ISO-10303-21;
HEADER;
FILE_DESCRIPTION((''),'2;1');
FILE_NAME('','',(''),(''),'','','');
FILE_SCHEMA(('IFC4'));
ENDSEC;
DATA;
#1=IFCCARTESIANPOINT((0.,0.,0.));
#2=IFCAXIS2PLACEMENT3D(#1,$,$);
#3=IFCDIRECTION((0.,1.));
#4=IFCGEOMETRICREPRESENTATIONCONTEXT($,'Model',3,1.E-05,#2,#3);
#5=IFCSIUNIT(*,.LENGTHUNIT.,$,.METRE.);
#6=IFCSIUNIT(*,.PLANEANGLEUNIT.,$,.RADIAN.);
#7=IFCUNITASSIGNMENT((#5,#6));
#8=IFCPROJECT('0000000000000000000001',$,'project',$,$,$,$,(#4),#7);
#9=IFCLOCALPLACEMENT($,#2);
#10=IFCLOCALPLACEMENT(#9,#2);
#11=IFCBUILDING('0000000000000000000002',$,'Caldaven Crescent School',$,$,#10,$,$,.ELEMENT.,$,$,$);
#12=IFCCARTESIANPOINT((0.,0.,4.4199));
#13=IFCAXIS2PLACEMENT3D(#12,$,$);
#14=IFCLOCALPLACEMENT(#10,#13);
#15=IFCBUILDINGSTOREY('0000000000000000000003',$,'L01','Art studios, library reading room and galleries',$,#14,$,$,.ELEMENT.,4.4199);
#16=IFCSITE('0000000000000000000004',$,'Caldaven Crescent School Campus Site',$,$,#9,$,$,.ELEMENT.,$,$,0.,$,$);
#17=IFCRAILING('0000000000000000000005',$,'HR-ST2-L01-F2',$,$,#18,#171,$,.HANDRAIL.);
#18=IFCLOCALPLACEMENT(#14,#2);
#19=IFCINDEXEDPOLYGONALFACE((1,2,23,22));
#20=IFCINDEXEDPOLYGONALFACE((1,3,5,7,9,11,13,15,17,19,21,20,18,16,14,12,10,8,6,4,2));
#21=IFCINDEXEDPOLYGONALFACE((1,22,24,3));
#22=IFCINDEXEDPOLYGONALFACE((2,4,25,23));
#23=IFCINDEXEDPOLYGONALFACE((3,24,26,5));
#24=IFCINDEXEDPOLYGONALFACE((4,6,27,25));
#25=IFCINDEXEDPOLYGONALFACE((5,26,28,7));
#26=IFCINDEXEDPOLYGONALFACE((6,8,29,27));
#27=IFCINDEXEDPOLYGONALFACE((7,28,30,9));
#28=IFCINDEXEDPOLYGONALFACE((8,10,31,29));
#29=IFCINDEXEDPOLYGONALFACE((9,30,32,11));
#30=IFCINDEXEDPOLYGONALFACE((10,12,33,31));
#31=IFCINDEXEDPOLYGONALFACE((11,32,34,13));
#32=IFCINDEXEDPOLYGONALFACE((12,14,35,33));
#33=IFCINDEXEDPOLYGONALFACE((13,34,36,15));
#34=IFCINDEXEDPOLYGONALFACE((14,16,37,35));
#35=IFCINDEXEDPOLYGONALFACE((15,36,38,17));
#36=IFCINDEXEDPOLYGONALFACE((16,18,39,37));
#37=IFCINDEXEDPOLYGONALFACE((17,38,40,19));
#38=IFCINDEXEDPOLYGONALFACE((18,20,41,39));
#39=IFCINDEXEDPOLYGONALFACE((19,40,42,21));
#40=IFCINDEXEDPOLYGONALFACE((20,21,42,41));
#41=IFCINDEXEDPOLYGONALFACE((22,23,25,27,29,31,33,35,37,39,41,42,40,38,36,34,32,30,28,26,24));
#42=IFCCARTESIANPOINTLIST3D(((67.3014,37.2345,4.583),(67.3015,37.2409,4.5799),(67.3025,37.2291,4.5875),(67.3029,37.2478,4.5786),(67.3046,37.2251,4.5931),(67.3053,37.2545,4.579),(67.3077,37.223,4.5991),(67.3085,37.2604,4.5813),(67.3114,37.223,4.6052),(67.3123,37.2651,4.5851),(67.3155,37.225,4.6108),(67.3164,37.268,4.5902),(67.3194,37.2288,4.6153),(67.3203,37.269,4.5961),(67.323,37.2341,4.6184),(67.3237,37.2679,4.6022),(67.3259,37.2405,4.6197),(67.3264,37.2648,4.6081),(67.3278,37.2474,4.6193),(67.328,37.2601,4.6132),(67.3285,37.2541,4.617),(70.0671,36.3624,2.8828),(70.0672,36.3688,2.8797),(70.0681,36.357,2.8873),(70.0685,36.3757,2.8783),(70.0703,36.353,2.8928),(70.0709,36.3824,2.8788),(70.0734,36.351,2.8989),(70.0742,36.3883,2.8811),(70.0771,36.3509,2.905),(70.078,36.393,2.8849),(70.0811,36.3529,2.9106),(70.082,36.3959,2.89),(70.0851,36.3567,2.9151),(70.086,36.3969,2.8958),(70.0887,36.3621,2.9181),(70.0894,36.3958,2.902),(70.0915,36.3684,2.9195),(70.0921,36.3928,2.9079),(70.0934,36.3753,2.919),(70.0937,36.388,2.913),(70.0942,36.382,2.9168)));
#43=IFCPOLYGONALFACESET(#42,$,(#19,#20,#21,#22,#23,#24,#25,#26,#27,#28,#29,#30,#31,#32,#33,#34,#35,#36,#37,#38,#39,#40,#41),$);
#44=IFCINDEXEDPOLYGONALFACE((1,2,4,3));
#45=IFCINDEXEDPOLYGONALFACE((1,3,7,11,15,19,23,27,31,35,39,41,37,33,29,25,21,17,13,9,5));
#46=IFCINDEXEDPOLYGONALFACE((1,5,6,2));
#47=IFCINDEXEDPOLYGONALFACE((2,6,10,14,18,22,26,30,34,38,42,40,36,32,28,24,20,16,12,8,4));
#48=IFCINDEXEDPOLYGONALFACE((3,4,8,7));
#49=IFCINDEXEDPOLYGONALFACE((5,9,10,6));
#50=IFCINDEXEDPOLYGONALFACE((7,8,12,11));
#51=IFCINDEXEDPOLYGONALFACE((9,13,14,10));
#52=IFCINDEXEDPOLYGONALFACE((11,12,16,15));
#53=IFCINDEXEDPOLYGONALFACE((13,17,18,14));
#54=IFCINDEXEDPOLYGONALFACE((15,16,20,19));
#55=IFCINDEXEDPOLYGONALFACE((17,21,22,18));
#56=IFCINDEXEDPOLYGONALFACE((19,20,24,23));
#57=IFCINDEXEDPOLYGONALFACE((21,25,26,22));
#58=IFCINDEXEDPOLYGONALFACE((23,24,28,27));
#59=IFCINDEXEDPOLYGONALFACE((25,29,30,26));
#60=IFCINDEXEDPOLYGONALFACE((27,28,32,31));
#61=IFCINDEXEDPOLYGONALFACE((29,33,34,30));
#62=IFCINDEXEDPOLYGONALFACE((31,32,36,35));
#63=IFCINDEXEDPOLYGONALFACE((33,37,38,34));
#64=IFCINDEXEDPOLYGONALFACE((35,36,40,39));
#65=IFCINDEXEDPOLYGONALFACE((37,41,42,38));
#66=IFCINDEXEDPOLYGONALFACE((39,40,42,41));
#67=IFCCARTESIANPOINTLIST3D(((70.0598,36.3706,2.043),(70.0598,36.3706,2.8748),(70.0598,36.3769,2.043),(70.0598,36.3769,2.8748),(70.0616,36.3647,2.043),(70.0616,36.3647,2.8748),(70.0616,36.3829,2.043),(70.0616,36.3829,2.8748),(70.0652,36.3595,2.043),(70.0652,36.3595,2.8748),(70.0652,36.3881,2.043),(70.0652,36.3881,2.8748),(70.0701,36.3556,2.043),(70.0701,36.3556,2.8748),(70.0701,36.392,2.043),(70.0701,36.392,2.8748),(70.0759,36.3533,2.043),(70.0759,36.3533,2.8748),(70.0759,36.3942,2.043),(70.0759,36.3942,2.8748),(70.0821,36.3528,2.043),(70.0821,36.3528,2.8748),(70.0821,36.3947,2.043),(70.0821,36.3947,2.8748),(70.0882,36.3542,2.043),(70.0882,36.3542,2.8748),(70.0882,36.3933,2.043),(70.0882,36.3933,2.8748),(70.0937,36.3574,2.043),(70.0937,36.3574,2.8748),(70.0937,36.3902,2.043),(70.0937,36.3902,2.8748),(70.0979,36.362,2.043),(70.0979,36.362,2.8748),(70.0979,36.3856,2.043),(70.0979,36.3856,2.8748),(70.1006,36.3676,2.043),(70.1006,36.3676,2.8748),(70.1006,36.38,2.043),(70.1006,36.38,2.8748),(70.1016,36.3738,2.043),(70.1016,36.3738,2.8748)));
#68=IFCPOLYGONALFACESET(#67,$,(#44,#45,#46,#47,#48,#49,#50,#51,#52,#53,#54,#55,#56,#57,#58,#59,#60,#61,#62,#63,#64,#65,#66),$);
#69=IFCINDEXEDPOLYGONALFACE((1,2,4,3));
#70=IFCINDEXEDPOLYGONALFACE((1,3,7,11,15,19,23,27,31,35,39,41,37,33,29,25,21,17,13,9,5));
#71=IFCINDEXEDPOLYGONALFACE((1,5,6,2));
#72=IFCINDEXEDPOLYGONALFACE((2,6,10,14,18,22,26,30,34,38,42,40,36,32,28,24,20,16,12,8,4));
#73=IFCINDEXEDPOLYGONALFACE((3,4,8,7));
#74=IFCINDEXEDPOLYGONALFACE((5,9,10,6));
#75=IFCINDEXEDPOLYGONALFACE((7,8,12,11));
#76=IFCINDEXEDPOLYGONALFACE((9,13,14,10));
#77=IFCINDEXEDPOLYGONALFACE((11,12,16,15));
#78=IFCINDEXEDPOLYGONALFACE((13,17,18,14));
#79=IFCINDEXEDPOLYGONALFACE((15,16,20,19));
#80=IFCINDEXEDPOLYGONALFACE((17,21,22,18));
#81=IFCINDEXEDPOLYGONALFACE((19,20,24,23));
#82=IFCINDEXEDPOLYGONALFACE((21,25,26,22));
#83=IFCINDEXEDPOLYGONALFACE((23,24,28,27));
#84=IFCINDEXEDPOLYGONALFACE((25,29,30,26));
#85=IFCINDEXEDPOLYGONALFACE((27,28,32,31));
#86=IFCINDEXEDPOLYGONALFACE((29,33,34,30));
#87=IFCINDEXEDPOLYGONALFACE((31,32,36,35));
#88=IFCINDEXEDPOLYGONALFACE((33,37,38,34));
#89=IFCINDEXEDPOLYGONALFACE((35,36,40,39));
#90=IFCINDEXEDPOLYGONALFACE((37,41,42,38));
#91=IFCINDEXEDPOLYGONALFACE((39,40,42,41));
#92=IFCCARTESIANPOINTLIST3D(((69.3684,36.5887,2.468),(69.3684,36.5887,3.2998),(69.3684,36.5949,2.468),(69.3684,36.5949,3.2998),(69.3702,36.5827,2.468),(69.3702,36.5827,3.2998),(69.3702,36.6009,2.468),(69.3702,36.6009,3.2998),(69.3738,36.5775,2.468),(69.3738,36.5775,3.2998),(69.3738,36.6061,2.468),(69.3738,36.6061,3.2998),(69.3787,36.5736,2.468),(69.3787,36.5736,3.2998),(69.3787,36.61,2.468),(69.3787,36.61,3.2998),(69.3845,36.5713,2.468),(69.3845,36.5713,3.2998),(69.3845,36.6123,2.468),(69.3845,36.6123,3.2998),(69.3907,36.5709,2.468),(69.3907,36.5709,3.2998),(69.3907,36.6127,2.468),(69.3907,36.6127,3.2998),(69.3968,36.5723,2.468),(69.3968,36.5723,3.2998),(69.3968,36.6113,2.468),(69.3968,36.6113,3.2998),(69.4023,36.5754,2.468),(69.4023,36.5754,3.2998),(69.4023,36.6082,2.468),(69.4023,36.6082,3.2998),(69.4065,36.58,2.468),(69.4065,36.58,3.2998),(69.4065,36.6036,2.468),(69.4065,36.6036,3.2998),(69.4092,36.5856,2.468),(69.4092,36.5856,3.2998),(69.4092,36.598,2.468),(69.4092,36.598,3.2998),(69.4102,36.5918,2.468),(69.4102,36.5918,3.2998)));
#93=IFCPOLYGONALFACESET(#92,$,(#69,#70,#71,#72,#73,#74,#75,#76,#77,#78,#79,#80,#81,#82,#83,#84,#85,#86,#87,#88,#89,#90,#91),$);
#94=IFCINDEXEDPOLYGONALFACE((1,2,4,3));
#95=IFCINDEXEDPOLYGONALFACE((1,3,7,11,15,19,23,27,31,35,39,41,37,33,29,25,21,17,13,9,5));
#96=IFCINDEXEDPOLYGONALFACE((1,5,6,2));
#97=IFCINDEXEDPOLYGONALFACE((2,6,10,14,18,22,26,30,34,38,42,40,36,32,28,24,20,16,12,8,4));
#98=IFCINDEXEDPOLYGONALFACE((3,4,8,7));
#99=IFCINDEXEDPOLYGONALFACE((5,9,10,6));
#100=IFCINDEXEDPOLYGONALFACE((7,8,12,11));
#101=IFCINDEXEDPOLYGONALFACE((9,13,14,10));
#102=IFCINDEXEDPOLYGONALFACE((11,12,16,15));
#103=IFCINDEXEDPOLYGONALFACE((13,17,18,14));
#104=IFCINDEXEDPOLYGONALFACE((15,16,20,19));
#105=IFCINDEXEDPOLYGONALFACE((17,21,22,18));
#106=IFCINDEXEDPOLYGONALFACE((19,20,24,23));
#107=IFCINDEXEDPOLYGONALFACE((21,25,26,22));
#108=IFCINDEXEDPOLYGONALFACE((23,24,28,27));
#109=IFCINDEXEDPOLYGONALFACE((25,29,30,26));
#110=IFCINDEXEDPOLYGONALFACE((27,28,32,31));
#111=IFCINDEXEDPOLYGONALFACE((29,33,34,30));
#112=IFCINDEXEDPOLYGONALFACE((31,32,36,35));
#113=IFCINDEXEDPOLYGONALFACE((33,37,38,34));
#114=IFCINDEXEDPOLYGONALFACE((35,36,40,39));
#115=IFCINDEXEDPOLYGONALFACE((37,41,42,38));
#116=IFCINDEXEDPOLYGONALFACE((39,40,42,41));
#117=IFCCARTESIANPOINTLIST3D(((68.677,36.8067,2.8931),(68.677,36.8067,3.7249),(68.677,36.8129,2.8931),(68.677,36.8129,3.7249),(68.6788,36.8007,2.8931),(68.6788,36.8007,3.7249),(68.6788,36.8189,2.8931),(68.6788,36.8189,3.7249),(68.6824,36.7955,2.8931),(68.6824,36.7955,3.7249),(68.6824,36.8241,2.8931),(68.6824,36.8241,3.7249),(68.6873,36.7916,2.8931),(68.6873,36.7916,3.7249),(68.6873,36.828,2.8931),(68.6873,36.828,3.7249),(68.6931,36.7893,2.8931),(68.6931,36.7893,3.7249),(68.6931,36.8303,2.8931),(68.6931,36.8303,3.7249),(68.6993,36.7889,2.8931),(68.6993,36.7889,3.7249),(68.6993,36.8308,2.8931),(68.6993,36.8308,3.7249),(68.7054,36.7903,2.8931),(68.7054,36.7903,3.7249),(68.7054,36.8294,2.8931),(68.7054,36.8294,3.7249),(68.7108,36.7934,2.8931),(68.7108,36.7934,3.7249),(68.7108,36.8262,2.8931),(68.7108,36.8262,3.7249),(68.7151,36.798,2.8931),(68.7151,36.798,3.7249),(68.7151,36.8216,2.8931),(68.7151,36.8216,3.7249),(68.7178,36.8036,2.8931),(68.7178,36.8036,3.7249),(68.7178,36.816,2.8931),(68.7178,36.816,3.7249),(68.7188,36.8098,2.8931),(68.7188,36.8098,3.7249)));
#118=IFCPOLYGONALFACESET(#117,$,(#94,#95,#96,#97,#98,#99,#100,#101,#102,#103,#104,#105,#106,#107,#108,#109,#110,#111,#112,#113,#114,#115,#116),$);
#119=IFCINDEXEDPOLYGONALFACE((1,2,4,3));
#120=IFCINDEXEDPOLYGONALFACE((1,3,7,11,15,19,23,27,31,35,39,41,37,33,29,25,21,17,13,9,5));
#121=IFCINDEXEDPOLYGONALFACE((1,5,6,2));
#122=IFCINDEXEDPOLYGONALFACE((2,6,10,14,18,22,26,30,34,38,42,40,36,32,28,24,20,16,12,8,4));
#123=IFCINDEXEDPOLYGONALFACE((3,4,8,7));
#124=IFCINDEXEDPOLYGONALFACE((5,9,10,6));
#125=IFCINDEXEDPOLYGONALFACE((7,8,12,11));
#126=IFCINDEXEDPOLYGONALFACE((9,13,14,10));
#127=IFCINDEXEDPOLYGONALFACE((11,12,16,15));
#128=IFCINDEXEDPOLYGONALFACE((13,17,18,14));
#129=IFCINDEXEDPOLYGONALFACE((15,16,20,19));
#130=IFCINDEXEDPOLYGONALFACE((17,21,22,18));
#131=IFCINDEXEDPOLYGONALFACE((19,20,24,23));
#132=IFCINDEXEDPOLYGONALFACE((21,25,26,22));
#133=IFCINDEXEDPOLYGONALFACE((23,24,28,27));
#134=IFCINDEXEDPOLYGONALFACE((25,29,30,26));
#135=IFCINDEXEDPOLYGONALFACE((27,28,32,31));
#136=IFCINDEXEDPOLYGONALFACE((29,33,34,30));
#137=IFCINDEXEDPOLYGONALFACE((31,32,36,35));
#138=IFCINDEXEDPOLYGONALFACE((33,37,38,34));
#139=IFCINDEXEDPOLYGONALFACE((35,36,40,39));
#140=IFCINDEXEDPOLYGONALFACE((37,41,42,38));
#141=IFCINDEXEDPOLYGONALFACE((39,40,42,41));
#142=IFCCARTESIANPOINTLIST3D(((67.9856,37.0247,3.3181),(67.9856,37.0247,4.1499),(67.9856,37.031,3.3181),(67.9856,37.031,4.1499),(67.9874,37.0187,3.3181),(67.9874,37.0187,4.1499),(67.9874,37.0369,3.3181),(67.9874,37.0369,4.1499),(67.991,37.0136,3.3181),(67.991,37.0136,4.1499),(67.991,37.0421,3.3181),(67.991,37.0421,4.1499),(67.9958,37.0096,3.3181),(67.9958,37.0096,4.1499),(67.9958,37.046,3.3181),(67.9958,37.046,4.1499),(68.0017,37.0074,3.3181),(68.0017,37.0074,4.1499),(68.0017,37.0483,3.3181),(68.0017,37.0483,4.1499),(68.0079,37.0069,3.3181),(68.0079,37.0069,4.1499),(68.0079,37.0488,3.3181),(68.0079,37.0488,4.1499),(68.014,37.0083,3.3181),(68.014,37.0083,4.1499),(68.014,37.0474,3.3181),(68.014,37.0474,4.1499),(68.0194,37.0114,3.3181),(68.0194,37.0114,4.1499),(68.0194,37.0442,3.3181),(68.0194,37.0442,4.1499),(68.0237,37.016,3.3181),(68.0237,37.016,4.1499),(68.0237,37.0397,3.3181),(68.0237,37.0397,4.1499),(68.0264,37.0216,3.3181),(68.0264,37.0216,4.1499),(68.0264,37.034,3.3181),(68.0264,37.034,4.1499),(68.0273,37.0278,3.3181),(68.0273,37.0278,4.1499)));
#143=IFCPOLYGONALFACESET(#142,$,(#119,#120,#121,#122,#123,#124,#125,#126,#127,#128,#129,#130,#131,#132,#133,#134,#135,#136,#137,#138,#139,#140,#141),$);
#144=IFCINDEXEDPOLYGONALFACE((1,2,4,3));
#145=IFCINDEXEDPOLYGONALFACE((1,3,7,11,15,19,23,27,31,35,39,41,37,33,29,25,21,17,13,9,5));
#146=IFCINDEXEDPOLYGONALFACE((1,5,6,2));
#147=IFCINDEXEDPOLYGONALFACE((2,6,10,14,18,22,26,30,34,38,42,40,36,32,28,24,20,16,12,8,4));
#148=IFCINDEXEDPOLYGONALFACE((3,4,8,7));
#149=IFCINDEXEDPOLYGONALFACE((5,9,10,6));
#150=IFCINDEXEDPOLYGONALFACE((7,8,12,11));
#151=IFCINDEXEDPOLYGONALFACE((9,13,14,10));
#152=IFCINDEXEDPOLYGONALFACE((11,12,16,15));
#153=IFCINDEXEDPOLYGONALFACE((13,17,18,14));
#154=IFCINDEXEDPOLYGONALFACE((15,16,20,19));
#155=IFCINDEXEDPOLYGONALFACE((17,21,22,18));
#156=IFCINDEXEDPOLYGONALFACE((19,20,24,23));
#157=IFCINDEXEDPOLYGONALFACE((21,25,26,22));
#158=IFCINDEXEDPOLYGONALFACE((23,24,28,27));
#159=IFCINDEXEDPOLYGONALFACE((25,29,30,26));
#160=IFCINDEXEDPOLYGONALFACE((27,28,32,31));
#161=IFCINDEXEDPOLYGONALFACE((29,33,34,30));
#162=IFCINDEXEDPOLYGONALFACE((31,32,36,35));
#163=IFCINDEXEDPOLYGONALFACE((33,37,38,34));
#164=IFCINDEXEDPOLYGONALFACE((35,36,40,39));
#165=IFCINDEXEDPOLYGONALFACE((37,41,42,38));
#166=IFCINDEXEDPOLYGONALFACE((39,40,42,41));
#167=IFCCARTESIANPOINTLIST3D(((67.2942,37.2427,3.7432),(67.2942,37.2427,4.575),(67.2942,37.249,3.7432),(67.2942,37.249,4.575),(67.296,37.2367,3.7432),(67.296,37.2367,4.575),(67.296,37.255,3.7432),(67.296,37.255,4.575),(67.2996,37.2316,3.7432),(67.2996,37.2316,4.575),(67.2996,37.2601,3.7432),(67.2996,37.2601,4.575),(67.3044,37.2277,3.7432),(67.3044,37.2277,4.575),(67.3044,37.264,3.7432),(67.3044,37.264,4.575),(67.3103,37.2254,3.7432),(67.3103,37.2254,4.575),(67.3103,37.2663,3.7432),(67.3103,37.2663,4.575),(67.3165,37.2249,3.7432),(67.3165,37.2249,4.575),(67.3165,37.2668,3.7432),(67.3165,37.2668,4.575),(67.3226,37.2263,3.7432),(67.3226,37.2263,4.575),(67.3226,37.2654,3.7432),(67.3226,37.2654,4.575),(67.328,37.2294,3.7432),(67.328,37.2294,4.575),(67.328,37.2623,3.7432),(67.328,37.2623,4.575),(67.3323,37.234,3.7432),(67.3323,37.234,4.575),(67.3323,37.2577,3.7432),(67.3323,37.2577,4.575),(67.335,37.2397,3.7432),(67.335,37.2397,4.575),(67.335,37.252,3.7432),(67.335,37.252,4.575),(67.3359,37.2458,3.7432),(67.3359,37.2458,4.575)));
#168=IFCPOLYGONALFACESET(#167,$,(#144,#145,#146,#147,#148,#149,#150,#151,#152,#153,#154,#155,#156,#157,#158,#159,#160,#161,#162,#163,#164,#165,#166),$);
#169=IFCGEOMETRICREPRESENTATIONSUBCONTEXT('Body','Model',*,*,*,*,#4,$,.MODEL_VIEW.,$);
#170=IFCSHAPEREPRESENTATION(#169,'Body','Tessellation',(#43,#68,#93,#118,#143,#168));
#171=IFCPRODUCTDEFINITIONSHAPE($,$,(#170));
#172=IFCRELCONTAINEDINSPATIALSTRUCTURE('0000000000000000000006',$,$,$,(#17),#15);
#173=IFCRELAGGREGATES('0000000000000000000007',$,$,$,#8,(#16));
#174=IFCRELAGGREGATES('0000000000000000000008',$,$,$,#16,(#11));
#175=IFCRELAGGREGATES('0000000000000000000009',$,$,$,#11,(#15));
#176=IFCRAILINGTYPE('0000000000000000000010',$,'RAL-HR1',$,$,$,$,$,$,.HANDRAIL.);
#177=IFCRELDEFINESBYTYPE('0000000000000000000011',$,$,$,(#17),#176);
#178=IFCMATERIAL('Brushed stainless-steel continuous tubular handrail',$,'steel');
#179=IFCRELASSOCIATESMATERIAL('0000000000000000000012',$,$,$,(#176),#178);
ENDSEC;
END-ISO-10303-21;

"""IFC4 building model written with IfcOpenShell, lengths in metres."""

from ifc_helpers import new_model, si_unit, direction, frame, origin, origin_2d, place, context, subcontext, project, spatial, circle, extrude, material, type_object, element, save


model = new_model("IFC4")

# Units and contexts
model_context = context("Model", 3, precision=1e-05, world=origin(), true_north=direction((0.0, 1.0)))
body_context = subcontext(model_context, "Body", "Model", "MODEL_VIEW")
ifc_project = project(units=[si_unit("LENGTHUNIT", "METRE"), si_unit("PLANEANGLEUNIT", "RADIAN")], contexts=[model_context])

# Site, building, storey
site_placement = place(None, origin())
site = spatial("IfcSite", under=ifc_project, at=site_placement, Name="Caldaven Crescent School Campus Site", CompositionType="ELEMENT", RefElevation=0.0)
building_placement = place(site_placement, origin())
building = spatial("IfcBuilding", under=site, at=building_placement, Name="Caldaven Crescent School", CompositionType="ELEMENT")
storey_placement = place(building_placement, frame((0.0, 0.0, 4.4199)))
storey = spatial("IfcBuildingStorey", under=building, at=storey_placement, Name="L01", Description="Art studios, library reading room and galleries", CompositionType="ELEMENT", Elevation=4.4199)

# Railing
ifc_material_1 = material(Name="Brushed stainless-steel continuous tubular handrail", Category="steel")
railing_type_1 = type_object("IfcRailingType", Name="RAL-HR1", PredefinedType="HANDRAIL", material=ifc_material_1)
railing_1_placement = place(storey_placement, frame((70.0806, 36.3738, 2.043)))
element("IfcRailing", 1, at=railing_1_placement, inside=storey, type_object=railing_type_1, Name="HR-ST2-L01-F2", PredefinedType="HANDRAIL", context=body_context, shape_type="SweptSolid", body=[
    extrude(circle(Radius=0.0239, at=origin_2d()), frame((0.0, 0.0, 0.856), z_axis=(-0.822729, 0.259427, 0.505781), x_axis=(-0.300728, -0.95371, 0.0)), (0.0, 0.0, 1.0), 3.3616),
    extrude(circle(Radius=0.021, at=origin_2d()), origin(), (0.0, 0.0, 1.0), 0.8318),
    extrude(circle(Radius=0.021, at=origin_2d()), frame((-0.6914, 0.218, 0.425)), (0.0, 0.0, 1.0), 0.8318),
    extrude(circle(Radius=0.021, at=origin_2d()), frame((-1.3828, 0.436, 0.8501)), (0.0, 0.0, 1.0), 0.8318),
    extrude(circle(Radius=0.021, at=origin_2d()), frame((-2.0742, 0.6541, 1.2751)), (0.0, 0.0, 1.0), 0.8318),
    extrude(circle(Radius=0.021, at=origin_2d()), frame((-2.7656, 0.8721, 1.7002)), (0.0, 0.0, 1.0), 0.8318),
])

save(model, "model.ifc")
